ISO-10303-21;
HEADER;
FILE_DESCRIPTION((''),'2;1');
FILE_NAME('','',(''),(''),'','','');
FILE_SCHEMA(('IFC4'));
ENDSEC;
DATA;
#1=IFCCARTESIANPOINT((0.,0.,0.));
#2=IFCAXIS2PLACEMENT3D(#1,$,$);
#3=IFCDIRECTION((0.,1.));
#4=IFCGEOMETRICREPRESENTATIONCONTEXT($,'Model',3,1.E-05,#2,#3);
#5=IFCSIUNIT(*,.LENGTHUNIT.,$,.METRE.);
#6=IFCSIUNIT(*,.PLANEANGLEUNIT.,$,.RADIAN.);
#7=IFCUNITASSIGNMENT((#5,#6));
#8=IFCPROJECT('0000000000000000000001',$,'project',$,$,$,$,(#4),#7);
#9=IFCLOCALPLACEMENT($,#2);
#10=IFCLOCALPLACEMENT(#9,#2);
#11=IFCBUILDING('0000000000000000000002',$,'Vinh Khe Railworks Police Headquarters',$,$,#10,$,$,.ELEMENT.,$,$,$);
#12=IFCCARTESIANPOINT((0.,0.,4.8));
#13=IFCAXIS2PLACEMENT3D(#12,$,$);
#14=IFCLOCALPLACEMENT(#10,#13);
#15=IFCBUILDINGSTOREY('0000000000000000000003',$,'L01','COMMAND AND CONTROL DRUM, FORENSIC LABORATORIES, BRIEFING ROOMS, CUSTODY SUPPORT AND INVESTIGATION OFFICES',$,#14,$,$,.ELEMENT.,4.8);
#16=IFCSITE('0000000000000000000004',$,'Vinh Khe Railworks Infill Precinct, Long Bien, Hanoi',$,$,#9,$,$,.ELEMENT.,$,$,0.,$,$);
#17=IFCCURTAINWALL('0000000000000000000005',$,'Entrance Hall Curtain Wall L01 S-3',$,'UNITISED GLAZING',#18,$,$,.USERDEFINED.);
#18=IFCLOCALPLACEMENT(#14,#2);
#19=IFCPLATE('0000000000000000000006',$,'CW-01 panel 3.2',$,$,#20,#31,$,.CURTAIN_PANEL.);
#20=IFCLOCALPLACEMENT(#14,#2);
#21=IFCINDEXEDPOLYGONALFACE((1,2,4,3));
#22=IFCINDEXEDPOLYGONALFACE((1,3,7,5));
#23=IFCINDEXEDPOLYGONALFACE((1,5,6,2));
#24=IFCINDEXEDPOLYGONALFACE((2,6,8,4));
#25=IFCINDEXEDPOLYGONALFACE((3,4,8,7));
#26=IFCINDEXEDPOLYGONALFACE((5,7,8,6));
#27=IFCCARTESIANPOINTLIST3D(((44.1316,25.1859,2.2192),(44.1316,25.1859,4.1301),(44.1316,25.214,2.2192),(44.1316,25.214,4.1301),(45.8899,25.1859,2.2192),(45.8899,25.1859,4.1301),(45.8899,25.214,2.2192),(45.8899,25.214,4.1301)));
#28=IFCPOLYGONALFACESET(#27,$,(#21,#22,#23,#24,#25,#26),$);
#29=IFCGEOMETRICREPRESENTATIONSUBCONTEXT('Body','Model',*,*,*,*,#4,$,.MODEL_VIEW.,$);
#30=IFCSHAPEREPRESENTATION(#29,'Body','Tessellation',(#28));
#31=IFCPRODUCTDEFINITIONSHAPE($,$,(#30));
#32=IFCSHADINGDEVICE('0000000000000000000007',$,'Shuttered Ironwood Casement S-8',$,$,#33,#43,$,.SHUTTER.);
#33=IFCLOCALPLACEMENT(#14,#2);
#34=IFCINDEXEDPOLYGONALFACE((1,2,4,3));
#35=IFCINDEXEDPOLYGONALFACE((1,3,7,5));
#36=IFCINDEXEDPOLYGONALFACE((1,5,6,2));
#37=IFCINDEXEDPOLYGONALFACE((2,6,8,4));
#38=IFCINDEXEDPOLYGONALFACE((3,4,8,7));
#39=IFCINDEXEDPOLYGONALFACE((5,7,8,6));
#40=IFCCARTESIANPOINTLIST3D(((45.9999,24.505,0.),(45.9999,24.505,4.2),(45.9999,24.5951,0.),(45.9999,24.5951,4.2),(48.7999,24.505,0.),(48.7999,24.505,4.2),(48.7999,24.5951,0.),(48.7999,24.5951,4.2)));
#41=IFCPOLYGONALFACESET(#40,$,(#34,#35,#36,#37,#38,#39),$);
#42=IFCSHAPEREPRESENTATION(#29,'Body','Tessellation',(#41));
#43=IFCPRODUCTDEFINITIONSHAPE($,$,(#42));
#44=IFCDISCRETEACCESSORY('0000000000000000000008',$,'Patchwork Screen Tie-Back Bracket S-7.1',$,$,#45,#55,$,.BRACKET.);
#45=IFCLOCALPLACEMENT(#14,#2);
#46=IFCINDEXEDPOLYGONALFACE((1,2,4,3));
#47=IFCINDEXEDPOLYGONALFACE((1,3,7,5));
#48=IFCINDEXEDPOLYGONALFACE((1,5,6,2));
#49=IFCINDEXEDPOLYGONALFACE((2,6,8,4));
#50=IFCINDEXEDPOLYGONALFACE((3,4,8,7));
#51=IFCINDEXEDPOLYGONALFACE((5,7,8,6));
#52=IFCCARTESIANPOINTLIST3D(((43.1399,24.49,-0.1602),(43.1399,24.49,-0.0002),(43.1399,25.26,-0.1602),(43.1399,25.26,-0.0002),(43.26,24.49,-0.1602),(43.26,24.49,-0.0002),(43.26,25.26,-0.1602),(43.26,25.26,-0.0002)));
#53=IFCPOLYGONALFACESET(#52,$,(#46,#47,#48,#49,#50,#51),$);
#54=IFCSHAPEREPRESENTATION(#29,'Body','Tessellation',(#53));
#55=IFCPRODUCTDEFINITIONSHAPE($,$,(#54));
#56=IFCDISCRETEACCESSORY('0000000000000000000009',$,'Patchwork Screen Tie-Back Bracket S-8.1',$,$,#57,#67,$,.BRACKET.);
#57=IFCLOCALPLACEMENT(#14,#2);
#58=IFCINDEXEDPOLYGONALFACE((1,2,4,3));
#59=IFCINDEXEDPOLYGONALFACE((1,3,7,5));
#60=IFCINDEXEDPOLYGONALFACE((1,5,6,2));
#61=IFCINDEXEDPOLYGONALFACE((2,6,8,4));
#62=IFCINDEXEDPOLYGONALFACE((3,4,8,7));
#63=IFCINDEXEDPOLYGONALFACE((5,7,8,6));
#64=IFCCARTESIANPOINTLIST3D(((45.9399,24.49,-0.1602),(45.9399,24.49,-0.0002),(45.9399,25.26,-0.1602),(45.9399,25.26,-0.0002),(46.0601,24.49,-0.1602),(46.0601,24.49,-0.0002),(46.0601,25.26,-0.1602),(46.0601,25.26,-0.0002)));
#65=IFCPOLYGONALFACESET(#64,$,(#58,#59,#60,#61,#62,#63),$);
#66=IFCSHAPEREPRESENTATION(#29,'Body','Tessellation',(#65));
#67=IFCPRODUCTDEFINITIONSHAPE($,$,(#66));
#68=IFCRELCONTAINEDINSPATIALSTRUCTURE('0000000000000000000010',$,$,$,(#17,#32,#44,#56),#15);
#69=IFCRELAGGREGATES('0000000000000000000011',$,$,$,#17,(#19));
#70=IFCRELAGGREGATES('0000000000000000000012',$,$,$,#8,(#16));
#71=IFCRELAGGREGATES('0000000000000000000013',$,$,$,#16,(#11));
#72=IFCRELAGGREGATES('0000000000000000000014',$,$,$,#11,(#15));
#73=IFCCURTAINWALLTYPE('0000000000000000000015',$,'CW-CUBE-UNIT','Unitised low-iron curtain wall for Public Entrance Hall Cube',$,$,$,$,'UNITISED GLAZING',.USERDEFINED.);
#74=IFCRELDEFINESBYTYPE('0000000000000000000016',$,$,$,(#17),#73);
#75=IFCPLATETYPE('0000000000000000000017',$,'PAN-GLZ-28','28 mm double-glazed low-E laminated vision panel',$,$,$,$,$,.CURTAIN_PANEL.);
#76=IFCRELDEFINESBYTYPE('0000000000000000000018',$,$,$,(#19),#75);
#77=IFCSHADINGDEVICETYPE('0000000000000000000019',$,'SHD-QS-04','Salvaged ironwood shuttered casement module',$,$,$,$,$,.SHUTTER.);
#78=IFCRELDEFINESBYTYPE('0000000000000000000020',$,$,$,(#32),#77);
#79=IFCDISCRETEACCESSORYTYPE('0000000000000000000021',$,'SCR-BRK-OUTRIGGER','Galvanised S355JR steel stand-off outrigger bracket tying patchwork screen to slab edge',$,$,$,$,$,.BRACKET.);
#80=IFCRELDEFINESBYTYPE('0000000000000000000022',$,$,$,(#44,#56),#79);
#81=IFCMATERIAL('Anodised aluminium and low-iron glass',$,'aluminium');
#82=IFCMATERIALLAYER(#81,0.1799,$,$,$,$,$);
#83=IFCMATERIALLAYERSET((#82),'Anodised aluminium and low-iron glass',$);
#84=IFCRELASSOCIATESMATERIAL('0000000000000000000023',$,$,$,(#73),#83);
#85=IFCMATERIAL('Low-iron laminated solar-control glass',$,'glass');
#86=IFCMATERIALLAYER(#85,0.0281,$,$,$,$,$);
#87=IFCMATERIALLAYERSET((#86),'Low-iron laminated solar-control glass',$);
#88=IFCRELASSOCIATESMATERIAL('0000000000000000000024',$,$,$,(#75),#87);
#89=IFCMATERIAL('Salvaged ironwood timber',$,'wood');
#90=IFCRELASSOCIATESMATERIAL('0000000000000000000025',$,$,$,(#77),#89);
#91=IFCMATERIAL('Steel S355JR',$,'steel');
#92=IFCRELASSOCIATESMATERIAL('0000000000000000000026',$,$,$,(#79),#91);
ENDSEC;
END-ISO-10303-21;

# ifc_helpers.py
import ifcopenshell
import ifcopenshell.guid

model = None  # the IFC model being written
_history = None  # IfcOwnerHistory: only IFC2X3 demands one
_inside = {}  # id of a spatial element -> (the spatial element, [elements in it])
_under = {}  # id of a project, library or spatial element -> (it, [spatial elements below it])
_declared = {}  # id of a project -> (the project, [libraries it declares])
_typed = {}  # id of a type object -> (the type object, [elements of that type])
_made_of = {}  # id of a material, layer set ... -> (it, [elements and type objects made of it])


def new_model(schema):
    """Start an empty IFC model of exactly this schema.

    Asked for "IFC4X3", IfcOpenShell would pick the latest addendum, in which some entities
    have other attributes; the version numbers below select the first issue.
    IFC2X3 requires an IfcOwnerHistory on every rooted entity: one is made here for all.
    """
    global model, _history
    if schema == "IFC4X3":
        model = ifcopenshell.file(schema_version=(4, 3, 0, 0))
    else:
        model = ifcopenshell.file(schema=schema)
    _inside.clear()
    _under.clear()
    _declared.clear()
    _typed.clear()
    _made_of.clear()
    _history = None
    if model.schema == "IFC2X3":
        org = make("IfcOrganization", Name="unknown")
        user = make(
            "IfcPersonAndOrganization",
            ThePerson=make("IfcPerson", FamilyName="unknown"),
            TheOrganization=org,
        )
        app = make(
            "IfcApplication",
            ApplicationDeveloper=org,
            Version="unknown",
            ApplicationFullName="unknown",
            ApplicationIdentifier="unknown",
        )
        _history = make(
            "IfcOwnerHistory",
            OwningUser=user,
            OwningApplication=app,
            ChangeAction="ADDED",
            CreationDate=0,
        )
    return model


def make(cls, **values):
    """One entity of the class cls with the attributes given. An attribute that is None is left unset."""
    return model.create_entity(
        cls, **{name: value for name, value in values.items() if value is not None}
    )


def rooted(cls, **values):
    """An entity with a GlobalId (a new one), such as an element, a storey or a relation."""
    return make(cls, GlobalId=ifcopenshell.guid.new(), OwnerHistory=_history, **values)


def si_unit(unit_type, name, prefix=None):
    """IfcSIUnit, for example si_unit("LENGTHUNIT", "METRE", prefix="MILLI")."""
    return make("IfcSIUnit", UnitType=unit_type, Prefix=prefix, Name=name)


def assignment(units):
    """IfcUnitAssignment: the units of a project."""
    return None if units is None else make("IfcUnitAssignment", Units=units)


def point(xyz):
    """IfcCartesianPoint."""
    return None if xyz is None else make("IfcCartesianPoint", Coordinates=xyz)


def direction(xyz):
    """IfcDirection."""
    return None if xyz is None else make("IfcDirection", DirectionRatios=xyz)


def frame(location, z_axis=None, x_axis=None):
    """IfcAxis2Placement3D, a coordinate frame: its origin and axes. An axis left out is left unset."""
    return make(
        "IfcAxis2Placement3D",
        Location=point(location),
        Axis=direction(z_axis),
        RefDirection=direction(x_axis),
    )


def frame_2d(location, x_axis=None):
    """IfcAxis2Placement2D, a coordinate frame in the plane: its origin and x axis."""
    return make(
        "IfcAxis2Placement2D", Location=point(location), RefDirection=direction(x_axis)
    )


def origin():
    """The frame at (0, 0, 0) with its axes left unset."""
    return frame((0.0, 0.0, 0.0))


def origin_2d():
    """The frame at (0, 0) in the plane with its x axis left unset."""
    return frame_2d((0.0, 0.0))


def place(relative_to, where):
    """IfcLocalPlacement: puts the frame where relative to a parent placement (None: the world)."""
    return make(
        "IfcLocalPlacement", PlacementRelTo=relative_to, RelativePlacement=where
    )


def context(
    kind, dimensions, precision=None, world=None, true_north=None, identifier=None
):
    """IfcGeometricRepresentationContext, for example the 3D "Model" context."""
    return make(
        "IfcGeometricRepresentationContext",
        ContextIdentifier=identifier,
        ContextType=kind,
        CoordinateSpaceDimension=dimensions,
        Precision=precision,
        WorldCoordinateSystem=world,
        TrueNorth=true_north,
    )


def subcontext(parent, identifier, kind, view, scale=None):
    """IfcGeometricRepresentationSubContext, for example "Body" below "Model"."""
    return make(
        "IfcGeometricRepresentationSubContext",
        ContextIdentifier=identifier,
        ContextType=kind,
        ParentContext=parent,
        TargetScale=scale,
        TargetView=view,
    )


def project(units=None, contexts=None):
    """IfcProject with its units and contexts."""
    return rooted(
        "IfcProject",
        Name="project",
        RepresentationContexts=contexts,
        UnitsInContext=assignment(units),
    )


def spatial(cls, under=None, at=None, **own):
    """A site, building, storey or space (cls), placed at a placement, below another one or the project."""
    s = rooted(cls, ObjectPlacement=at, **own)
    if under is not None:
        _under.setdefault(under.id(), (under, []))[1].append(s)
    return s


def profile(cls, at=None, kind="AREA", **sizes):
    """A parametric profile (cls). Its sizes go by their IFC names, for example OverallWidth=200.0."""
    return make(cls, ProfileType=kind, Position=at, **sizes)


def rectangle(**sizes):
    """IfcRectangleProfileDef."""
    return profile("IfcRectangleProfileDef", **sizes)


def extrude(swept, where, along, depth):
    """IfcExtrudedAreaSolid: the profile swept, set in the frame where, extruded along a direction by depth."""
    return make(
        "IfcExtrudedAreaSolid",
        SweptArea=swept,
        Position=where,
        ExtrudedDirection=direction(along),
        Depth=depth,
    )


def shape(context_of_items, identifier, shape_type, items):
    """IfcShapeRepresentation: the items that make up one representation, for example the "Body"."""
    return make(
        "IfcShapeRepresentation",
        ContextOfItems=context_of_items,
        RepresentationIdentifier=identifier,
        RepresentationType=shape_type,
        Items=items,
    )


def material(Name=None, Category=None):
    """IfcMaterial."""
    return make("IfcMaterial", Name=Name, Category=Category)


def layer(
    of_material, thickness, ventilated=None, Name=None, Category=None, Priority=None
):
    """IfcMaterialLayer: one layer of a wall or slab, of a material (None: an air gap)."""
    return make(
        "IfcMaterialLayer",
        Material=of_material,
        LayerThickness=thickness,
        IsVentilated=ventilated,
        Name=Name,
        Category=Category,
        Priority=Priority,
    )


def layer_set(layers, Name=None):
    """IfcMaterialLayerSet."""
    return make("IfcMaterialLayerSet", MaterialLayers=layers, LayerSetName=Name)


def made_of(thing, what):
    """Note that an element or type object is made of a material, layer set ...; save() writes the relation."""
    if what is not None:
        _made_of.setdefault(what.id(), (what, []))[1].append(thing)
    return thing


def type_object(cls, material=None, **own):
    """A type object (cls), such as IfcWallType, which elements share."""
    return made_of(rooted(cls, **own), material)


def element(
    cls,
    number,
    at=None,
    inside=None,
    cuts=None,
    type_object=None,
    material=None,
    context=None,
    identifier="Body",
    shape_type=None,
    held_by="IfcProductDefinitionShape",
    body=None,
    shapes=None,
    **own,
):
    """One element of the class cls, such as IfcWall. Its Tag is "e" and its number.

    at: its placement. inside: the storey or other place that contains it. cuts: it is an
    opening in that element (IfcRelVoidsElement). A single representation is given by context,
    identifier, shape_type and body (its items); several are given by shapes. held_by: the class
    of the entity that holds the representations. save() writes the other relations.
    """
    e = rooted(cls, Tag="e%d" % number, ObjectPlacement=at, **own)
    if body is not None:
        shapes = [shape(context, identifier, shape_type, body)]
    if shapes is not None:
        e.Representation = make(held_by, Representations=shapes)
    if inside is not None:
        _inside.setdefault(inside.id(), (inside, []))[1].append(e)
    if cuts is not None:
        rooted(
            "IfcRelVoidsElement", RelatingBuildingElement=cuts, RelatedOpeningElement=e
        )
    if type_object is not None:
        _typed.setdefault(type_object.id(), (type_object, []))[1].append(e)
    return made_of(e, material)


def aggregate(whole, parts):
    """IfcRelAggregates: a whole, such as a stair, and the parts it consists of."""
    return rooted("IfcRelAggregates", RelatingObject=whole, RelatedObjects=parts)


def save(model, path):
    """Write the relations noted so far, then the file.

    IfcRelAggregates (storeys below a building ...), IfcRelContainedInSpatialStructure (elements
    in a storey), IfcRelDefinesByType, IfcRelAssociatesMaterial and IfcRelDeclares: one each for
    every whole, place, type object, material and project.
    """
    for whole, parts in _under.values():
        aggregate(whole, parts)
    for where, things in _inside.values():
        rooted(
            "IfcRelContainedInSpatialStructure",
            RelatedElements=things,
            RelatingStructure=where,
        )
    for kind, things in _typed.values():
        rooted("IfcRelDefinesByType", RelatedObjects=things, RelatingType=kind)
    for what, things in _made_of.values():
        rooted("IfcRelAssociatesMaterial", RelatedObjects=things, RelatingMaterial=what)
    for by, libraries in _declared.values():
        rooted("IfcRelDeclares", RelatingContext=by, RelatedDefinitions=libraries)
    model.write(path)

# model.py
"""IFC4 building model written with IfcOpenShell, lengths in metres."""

from ifc_helpers import new_model, si_unit, direction, frame, origin, origin_2d, place, context, subcontext, project, spatial, rectangle, extrude, material, layer, layer_set, type_object, element, aggregate, save


model = new_model("IFC4")

# Units and contexts
model_context = context("Model", 3, precision=1e-05, world=origin(), true_north=direction((0.0, 1.0)))
body_context = subcontext(model_context, "Body", "Model", "MODEL_VIEW")
ifc_project = project(units=[si_unit("LENGTHUNIT", "METRE"), si_unit("PLANEANGLEUNIT", "RADIAN")], contexts=[model_context])

# Site, building, storey
site_placement = place(None, origin())
site = spatial("IfcSite", under=ifc_project, at=site_placement, Name="Vinh Khe Railworks Infill Precinct, Long Bien, Hanoi", CompositionType="ELEMENT", RefElevation=0.0)
building_placement = place(site_placement, origin())
building = spatial("IfcBuilding", under=site, at=building_placement, Name="Vinh Khe Railworks Police Headquarters", CompositionType="ELEMENT")
storey_placement = place(building_placement, frame((0.0, 0.0, 4.8)))
storey = spatial("IfcBuildingStorey", under=building, at=storey_placement, Name="L01", Description="COMMAND AND CONTROL DRUM, FORENSIC LABORATORIES, BRIEFING ROOMS, CUSTODY SUPPORT AND INVESTIGATION OFFICES", CompositionType="ELEMENT", Elevation=4.8)

# Shared definitions
ifc_material_1 = material(Name="Steel S355JR", Category="steel")

# Shared definitions
ifc_material_2 = material(Name="Salvaged ironwood timber", Category="wood")

# Curtain wall
ifc_material_3 = material(Name="Anodised aluminium and low-iron glass", Category="aluminium")
ifc_layer_1 = layer(ifc_material_3, 0.1799)
ifc_layer_set_1 = layer_set([ifc_layer_1], Name="Anodised aluminium and low-iron glass")
curtain_wall_type = type_object("IfcCurtainWallType", Name="CW-CUBE-UNIT", Description="Unitised low-iron curtain wall for Public Entrance Hall Cube", ElementType="UNITISED GLAZING", PredefinedType="USERDEFINED", material=ifc_layer_set_1)
curtain_wall_1_placement = place(storey_placement, origin())
curtain_wall_1 = element("IfcCurtainWall", 1, at=curtain_wall_1_placement, inside=storey, type_object=curtain_wall_type, Name="Entrance Hall Curtain Wall L01 S-3", ObjectType="UNITISED GLAZING", PredefinedType="USERDEFINED")

# Plate
ifc_material_4 = material(Name="Low-iron laminated solar-control glass", Category="glass")
ifc_layer_2 = layer(ifc_material_4, 0.0281)
ifc_layer_set_2 = layer_set([ifc_layer_2], Name="Low-iron laminated solar-control glass")
plate_type = type_object("IfcPlateType", Name="PAN-GLZ-28", Description="28 mm double-glazed low-E laminated vision panel", PredefinedType="CURTAIN_PANEL", material=ifc_layer_set_2)
plate_1_placement = place(storey_placement, frame((45.0107, 25.2, 2.2192), z_axis=(0.0, 0.0, 1.0), x_axis=(1.0, 0.0, 0.0)))
plate_1 = element("IfcPlate", 2, at=plate_1_placement, type_object=plate_type, Name="CW-01 panel 3.2", PredefinedType="CURTAIN_PANEL", context=body_context, shape_type="SweptSolid", body=[
    extrude(rectangle(XDim=1.7583, YDim=0.0281, at=origin_2d()), origin(), (0.0, 0.0, 1.0), 1.9109),
])
aggregate(curtain_wall_1, [plate_1])

# Shading device
shading_device_type = type_object("IfcShadingDeviceType", Name="SHD-QS-04", Description="Salvaged ironwood shuttered casement module", PredefinedType="SHUTTER", material=ifc_material_2)
shading_device_placement = place(storey_placement, frame((47.3999, 24.55, 0.0), z_axis=(0.0, 0.0, 1.0), x_axis=(1.0, 0.0, 0.0)))
element("IfcShadingDevice", 3, at=shading_device_placement, inside=storey, type_object=shading_device_type, Name="Shuttered Ironwood Casement S-8", PredefinedType="SHUTTER", context=body_context, shape_type="SweptSolid", body=[
    extrude(rectangle(XDim=2.8, YDim=0.0901, at=origin_2d()), origin(), (0.0, 0.0, 1.0), 4.2),
])

# Discrete accessories
discrete_accessory_type = type_object("IfcDiscreteAccessoryType", Name="SCR-BRK-OUTRIGGER", Description="Galvanised S355JR steel stand-off outrigger bracket tying patchwork screen to slab edge", PredefinedType="BRACKET", material=ifc_material_1)
for number, where, z_axis, x_axis, name in (
    (4, (43.2, 24.875, -0.1602), (0.0, 0.0, 1.0), (1.0, 0.0, 0.0), "Patchwork Screen Tie-Back Bracket S-7.1"),
    (5, (46.0, 24.875, -0.1602), (0.0, 0.0, 1.0), (1.0, 0.0, 0.0), "Patchwork Screen Tie-Back Bracket S-8.1"),
):
    element("IfcDiscreteAccessory", number, at=place(storey_placement, frame(where, z_axis=z_axis, x_axis=x_axis)), inside=storey, type_object=discrete_accessory_type, Name=name, PredefinedType="BRACKET", context=body_context, shape_type="SweptSolid", body=[
        extrude(rectangle(XDim=0.1201, YDim=0.77, at=origin_2d()), origin(), (0.0, 0.0, 1.0), 0.1599),
    ])

save(model, "model.ifc")
